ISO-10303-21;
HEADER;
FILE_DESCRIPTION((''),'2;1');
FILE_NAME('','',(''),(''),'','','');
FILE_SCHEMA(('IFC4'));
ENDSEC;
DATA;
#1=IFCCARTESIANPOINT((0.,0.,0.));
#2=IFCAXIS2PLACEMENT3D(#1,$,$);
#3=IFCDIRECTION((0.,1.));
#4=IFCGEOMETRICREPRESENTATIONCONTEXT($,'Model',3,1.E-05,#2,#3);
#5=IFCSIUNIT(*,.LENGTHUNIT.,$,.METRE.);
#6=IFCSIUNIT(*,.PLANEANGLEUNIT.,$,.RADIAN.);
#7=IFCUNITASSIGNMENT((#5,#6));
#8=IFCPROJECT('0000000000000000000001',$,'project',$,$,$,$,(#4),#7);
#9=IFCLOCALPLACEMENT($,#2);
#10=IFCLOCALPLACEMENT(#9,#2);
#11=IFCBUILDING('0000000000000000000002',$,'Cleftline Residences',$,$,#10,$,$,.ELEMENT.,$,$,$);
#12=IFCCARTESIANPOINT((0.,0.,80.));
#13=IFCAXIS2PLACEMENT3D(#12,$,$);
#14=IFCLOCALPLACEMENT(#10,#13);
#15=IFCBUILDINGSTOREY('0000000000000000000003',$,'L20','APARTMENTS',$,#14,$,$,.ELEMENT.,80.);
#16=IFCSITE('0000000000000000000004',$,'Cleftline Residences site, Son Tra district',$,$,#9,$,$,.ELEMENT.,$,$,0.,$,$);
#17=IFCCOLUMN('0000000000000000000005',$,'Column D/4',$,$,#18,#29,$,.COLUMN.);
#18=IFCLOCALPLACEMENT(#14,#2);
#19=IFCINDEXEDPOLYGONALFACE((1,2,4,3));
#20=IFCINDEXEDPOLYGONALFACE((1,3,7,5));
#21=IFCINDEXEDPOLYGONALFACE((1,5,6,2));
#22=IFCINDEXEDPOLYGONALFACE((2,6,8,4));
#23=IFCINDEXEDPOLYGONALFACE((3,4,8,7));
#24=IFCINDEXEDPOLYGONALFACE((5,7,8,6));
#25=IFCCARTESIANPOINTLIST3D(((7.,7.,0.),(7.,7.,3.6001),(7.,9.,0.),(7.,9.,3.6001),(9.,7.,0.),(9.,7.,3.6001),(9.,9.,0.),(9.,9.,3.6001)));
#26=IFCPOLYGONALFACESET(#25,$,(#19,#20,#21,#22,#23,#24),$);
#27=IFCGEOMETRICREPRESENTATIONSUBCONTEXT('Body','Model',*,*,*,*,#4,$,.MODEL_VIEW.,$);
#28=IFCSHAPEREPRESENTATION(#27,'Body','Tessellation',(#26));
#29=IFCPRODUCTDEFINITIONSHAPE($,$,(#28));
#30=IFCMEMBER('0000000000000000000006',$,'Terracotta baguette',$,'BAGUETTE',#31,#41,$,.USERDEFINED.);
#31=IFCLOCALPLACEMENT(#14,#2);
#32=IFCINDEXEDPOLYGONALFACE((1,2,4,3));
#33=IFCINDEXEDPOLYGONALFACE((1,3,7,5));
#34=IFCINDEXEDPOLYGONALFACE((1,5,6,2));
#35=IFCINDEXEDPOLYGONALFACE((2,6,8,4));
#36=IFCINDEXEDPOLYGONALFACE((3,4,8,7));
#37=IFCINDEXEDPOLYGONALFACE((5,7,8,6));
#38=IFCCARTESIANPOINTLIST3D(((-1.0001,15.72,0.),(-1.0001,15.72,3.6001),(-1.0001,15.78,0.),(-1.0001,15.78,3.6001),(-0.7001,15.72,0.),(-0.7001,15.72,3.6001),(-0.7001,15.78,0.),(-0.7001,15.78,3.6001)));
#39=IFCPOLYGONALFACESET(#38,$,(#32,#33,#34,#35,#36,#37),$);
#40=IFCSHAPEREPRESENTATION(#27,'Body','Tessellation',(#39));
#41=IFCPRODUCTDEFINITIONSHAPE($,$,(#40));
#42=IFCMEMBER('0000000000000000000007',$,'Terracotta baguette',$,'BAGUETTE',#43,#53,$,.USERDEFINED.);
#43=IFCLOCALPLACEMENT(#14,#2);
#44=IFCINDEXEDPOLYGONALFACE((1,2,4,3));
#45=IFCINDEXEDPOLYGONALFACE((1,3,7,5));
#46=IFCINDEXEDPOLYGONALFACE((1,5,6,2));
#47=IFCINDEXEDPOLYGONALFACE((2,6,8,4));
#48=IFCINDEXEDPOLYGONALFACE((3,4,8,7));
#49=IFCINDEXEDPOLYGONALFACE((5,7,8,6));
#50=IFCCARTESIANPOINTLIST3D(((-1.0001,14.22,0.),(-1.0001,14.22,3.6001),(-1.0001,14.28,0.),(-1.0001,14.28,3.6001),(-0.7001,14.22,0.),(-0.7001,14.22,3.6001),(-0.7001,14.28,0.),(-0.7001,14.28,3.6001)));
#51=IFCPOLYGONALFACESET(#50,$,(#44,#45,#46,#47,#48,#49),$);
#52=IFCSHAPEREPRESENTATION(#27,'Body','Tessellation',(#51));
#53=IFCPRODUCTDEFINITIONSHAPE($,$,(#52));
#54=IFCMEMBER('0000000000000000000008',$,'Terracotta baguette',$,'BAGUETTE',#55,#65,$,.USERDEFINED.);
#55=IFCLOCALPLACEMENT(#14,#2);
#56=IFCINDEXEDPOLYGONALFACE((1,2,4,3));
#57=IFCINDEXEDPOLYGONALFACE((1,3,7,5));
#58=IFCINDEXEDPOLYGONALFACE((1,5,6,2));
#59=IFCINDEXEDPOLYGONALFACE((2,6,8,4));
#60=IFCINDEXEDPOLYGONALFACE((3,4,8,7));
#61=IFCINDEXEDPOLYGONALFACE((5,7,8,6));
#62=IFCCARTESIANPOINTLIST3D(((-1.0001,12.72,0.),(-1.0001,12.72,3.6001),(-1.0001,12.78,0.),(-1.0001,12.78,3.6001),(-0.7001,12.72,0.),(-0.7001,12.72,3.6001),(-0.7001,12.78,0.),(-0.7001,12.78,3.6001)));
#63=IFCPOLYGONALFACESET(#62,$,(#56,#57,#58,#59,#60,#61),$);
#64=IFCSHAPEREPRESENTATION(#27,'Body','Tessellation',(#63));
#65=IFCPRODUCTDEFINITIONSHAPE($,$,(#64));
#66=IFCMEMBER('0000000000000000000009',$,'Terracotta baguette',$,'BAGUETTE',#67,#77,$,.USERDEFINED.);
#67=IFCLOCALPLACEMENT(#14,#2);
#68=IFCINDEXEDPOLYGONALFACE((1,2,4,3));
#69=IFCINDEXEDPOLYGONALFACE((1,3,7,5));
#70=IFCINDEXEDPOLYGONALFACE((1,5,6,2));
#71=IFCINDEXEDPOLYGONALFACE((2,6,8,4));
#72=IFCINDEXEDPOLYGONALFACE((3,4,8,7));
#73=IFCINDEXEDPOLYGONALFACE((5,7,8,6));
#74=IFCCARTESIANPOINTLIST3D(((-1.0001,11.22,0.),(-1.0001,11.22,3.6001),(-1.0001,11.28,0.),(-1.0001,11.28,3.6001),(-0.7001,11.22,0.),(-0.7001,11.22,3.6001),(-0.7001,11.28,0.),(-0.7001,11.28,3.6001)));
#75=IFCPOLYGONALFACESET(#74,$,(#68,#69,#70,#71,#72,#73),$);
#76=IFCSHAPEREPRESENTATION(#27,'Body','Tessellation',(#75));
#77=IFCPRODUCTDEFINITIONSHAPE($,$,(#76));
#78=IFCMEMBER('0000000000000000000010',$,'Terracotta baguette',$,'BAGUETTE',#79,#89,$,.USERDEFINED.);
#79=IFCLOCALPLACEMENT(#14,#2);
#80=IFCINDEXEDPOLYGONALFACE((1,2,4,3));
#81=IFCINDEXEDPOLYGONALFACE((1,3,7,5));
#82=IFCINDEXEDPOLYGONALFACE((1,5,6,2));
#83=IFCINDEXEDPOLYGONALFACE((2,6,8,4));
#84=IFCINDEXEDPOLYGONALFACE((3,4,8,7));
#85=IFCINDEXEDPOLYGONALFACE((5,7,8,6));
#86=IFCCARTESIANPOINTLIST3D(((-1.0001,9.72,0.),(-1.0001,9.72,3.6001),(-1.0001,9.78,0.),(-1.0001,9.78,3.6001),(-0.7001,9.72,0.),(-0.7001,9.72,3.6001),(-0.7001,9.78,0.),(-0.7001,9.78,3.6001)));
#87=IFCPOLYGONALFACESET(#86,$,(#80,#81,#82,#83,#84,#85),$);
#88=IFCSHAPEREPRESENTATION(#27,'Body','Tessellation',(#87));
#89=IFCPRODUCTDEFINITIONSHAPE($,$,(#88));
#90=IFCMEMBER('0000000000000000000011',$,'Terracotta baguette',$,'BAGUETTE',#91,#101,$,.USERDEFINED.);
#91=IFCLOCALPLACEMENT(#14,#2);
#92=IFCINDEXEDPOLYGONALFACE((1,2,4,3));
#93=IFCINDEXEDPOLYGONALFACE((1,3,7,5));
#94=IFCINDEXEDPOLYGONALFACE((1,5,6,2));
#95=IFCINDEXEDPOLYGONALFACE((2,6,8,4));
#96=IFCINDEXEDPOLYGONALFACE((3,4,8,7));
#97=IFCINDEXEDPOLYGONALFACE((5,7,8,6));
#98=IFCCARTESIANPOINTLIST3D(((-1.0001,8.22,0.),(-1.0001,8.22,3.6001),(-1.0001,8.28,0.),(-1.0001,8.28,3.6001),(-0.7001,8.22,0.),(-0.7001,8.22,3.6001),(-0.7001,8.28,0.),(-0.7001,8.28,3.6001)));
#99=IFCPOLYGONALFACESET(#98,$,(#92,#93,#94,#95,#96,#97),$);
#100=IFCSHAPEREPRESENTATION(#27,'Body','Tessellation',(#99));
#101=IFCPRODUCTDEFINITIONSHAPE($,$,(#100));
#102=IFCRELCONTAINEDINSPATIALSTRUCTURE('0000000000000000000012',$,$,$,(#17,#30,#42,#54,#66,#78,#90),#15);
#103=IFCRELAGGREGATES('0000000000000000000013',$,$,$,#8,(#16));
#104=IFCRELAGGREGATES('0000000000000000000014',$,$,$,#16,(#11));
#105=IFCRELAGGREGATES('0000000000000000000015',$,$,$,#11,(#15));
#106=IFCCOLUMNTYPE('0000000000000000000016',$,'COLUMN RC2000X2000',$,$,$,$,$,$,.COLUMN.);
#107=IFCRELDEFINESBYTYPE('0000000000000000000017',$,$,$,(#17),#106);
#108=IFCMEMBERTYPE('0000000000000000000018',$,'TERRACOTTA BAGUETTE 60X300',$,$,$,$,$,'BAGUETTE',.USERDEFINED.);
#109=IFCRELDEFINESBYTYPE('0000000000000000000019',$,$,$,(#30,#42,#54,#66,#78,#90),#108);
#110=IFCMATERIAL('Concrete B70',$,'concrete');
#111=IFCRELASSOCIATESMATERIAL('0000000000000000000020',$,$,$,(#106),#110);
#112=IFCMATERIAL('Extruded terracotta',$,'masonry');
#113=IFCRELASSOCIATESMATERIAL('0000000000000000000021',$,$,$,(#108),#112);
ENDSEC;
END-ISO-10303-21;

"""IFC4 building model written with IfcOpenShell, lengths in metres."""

from ifc_helpers import new_model, si_unit, direction, frame, origin, origin_2d, place, context, subcontext, project, spatial, rectangle, extrude, material, material_profile, profile_set, type_object, element, save


model = new_model("IFC4")

# Units and contexts
model_context = context("Model", 3, precision=1e-05, world=origin(), true_north=direction((0.0, 1.0)))
body_context = subcontext(model_context, "Body", "Model", "MODEL_VIEW")
ifc_project = project(units=[si_unit("LENGTHUNIT", "METRE"), si_unit("PLANEANGLEUNIT", "RADIAN")], contexts=[model_context])

# Site, building, storey
site_placement = place(None, origin())
site = spatial("IfcSite", under=ifc_project, at=site_placement, Name="Cleftline Residences site, Son Tra district", CompositionType="ELEMENT", RefElevation=0.0)
building_placement = place(site_placement, origin())
building = spatial("IfcBuilding", under=site, at=building_placement, Name="Cleftline Residences", CompositionType="ELEMENT")
storey_placement = place(building_placement, frame((0.0, 0.0, 80.0)))
storey = spatial("IfcBuildingStorey", under=building, at=storey_placement, Name="L20", Description="APARTMENTS", CompositionType="ELEMENT", Elevation=80.0)

# Column
ifc_material_1 = material(Name="Concrete B70", Category="concrete")
ifc_material_profile_1 = material_profile(ifc_material_1, rectangle(XDim=2.0, YDim=2.0, at=origin_2d()))
ifc_profile_set_1 = profile_set([ifc_material_profile_1], Name="Concrete B70")
column_type = type_object("IfcColumnType", Name="COLUMN RC2000X2000", PredefinedType="COLUMN", material=ifc_profile_set_1)
column_placement = place(storey_placement, frame((8.0, 8.0, 0.0), z_axis=(0.0, 0.0, 1.0), x_axis=(1.0, 0.0, 0.0)))
element("IfcColumn", 1, at=column_placement, inside=storey, type_object=column_type, Name="Column D/4", PredefinedType="COLUMN", context=body_context, shape_type="SweptSolid", body=[
    extrude(rectangle(XDim=2.0, YDim=2.0, at=origin_2d()), origin(), (0.0, 0.0, 1.0), 3.6001),
])

# Members
ifc_material_2 = material(Name="Extruded terracotta", Category="masonry")
ifc_material_profile_2 = material_profile(ifc_material_2, rectangle(XDim=0.0601, YDim=0.3, at=origin_2d()))
ifc_profile_set_2 = profile_set([ifc_material_profile_2], Name="Extruded terracotta")
member_type = type_object("IfcMemberType", Name="TERRACOTTA BAGUETTE 60X300", ElementType="BAGUETTE", PredefinedType="USERDEFINED", material=ifc_profile_set_2)
for number, where, z_axis, x_axis, name in (
    (2, (-0.8501, 15.75, 0.0), (0.0, 0.0, 1.0), (0.0, 1.0, 0.0), "Terracotta baguette"),
    (3, (-0.8501, 14.25, 0.0), (0.0, 0.0, 1.0), (0.0, 1.0, 0.0), "Terracotta baguette"),
    (4, (-0.8501, 12.75, 0.0), (0.0, 0.0, 1.0), (0.0, 1.0, 0.0), "Terracotta baguette"),
    (5, (-0.8501, 11.25, 0.0), (0.0, 0.0, 1.0), (0.0, 1.0, 0.0), "Terracotta baguette"),
    (6, (-0.8501, 9.75, 0.0), (0.0, 0.0, 1.0), (0.0, 1.0, 0.0), "Terracotta baguette"),
    (7, (-0.8501, 8.25, 0.0), (0.0, 0.0, 1.0), (0.0, 1.0, 0.0), "Terracotta baguette"),
):
    element("IfcMember", number, at=place(storey_placement, frame(where, z_axis=z_axis, x_axis=x_axis)), inside=storey, type_object=member_type, Name=name, ObjectType="BAGUETTE", PredefinedType="USERDEFINED", context=body_context, shape_type="SweptSolid", body=[
        extrude(rectangle(XDim=0.0601, YDim=0.3, at=origin_2d()), origin(), (0.0, 0.0, 1.0), 3.6001),
    ])

save(model, "model.ifc")
